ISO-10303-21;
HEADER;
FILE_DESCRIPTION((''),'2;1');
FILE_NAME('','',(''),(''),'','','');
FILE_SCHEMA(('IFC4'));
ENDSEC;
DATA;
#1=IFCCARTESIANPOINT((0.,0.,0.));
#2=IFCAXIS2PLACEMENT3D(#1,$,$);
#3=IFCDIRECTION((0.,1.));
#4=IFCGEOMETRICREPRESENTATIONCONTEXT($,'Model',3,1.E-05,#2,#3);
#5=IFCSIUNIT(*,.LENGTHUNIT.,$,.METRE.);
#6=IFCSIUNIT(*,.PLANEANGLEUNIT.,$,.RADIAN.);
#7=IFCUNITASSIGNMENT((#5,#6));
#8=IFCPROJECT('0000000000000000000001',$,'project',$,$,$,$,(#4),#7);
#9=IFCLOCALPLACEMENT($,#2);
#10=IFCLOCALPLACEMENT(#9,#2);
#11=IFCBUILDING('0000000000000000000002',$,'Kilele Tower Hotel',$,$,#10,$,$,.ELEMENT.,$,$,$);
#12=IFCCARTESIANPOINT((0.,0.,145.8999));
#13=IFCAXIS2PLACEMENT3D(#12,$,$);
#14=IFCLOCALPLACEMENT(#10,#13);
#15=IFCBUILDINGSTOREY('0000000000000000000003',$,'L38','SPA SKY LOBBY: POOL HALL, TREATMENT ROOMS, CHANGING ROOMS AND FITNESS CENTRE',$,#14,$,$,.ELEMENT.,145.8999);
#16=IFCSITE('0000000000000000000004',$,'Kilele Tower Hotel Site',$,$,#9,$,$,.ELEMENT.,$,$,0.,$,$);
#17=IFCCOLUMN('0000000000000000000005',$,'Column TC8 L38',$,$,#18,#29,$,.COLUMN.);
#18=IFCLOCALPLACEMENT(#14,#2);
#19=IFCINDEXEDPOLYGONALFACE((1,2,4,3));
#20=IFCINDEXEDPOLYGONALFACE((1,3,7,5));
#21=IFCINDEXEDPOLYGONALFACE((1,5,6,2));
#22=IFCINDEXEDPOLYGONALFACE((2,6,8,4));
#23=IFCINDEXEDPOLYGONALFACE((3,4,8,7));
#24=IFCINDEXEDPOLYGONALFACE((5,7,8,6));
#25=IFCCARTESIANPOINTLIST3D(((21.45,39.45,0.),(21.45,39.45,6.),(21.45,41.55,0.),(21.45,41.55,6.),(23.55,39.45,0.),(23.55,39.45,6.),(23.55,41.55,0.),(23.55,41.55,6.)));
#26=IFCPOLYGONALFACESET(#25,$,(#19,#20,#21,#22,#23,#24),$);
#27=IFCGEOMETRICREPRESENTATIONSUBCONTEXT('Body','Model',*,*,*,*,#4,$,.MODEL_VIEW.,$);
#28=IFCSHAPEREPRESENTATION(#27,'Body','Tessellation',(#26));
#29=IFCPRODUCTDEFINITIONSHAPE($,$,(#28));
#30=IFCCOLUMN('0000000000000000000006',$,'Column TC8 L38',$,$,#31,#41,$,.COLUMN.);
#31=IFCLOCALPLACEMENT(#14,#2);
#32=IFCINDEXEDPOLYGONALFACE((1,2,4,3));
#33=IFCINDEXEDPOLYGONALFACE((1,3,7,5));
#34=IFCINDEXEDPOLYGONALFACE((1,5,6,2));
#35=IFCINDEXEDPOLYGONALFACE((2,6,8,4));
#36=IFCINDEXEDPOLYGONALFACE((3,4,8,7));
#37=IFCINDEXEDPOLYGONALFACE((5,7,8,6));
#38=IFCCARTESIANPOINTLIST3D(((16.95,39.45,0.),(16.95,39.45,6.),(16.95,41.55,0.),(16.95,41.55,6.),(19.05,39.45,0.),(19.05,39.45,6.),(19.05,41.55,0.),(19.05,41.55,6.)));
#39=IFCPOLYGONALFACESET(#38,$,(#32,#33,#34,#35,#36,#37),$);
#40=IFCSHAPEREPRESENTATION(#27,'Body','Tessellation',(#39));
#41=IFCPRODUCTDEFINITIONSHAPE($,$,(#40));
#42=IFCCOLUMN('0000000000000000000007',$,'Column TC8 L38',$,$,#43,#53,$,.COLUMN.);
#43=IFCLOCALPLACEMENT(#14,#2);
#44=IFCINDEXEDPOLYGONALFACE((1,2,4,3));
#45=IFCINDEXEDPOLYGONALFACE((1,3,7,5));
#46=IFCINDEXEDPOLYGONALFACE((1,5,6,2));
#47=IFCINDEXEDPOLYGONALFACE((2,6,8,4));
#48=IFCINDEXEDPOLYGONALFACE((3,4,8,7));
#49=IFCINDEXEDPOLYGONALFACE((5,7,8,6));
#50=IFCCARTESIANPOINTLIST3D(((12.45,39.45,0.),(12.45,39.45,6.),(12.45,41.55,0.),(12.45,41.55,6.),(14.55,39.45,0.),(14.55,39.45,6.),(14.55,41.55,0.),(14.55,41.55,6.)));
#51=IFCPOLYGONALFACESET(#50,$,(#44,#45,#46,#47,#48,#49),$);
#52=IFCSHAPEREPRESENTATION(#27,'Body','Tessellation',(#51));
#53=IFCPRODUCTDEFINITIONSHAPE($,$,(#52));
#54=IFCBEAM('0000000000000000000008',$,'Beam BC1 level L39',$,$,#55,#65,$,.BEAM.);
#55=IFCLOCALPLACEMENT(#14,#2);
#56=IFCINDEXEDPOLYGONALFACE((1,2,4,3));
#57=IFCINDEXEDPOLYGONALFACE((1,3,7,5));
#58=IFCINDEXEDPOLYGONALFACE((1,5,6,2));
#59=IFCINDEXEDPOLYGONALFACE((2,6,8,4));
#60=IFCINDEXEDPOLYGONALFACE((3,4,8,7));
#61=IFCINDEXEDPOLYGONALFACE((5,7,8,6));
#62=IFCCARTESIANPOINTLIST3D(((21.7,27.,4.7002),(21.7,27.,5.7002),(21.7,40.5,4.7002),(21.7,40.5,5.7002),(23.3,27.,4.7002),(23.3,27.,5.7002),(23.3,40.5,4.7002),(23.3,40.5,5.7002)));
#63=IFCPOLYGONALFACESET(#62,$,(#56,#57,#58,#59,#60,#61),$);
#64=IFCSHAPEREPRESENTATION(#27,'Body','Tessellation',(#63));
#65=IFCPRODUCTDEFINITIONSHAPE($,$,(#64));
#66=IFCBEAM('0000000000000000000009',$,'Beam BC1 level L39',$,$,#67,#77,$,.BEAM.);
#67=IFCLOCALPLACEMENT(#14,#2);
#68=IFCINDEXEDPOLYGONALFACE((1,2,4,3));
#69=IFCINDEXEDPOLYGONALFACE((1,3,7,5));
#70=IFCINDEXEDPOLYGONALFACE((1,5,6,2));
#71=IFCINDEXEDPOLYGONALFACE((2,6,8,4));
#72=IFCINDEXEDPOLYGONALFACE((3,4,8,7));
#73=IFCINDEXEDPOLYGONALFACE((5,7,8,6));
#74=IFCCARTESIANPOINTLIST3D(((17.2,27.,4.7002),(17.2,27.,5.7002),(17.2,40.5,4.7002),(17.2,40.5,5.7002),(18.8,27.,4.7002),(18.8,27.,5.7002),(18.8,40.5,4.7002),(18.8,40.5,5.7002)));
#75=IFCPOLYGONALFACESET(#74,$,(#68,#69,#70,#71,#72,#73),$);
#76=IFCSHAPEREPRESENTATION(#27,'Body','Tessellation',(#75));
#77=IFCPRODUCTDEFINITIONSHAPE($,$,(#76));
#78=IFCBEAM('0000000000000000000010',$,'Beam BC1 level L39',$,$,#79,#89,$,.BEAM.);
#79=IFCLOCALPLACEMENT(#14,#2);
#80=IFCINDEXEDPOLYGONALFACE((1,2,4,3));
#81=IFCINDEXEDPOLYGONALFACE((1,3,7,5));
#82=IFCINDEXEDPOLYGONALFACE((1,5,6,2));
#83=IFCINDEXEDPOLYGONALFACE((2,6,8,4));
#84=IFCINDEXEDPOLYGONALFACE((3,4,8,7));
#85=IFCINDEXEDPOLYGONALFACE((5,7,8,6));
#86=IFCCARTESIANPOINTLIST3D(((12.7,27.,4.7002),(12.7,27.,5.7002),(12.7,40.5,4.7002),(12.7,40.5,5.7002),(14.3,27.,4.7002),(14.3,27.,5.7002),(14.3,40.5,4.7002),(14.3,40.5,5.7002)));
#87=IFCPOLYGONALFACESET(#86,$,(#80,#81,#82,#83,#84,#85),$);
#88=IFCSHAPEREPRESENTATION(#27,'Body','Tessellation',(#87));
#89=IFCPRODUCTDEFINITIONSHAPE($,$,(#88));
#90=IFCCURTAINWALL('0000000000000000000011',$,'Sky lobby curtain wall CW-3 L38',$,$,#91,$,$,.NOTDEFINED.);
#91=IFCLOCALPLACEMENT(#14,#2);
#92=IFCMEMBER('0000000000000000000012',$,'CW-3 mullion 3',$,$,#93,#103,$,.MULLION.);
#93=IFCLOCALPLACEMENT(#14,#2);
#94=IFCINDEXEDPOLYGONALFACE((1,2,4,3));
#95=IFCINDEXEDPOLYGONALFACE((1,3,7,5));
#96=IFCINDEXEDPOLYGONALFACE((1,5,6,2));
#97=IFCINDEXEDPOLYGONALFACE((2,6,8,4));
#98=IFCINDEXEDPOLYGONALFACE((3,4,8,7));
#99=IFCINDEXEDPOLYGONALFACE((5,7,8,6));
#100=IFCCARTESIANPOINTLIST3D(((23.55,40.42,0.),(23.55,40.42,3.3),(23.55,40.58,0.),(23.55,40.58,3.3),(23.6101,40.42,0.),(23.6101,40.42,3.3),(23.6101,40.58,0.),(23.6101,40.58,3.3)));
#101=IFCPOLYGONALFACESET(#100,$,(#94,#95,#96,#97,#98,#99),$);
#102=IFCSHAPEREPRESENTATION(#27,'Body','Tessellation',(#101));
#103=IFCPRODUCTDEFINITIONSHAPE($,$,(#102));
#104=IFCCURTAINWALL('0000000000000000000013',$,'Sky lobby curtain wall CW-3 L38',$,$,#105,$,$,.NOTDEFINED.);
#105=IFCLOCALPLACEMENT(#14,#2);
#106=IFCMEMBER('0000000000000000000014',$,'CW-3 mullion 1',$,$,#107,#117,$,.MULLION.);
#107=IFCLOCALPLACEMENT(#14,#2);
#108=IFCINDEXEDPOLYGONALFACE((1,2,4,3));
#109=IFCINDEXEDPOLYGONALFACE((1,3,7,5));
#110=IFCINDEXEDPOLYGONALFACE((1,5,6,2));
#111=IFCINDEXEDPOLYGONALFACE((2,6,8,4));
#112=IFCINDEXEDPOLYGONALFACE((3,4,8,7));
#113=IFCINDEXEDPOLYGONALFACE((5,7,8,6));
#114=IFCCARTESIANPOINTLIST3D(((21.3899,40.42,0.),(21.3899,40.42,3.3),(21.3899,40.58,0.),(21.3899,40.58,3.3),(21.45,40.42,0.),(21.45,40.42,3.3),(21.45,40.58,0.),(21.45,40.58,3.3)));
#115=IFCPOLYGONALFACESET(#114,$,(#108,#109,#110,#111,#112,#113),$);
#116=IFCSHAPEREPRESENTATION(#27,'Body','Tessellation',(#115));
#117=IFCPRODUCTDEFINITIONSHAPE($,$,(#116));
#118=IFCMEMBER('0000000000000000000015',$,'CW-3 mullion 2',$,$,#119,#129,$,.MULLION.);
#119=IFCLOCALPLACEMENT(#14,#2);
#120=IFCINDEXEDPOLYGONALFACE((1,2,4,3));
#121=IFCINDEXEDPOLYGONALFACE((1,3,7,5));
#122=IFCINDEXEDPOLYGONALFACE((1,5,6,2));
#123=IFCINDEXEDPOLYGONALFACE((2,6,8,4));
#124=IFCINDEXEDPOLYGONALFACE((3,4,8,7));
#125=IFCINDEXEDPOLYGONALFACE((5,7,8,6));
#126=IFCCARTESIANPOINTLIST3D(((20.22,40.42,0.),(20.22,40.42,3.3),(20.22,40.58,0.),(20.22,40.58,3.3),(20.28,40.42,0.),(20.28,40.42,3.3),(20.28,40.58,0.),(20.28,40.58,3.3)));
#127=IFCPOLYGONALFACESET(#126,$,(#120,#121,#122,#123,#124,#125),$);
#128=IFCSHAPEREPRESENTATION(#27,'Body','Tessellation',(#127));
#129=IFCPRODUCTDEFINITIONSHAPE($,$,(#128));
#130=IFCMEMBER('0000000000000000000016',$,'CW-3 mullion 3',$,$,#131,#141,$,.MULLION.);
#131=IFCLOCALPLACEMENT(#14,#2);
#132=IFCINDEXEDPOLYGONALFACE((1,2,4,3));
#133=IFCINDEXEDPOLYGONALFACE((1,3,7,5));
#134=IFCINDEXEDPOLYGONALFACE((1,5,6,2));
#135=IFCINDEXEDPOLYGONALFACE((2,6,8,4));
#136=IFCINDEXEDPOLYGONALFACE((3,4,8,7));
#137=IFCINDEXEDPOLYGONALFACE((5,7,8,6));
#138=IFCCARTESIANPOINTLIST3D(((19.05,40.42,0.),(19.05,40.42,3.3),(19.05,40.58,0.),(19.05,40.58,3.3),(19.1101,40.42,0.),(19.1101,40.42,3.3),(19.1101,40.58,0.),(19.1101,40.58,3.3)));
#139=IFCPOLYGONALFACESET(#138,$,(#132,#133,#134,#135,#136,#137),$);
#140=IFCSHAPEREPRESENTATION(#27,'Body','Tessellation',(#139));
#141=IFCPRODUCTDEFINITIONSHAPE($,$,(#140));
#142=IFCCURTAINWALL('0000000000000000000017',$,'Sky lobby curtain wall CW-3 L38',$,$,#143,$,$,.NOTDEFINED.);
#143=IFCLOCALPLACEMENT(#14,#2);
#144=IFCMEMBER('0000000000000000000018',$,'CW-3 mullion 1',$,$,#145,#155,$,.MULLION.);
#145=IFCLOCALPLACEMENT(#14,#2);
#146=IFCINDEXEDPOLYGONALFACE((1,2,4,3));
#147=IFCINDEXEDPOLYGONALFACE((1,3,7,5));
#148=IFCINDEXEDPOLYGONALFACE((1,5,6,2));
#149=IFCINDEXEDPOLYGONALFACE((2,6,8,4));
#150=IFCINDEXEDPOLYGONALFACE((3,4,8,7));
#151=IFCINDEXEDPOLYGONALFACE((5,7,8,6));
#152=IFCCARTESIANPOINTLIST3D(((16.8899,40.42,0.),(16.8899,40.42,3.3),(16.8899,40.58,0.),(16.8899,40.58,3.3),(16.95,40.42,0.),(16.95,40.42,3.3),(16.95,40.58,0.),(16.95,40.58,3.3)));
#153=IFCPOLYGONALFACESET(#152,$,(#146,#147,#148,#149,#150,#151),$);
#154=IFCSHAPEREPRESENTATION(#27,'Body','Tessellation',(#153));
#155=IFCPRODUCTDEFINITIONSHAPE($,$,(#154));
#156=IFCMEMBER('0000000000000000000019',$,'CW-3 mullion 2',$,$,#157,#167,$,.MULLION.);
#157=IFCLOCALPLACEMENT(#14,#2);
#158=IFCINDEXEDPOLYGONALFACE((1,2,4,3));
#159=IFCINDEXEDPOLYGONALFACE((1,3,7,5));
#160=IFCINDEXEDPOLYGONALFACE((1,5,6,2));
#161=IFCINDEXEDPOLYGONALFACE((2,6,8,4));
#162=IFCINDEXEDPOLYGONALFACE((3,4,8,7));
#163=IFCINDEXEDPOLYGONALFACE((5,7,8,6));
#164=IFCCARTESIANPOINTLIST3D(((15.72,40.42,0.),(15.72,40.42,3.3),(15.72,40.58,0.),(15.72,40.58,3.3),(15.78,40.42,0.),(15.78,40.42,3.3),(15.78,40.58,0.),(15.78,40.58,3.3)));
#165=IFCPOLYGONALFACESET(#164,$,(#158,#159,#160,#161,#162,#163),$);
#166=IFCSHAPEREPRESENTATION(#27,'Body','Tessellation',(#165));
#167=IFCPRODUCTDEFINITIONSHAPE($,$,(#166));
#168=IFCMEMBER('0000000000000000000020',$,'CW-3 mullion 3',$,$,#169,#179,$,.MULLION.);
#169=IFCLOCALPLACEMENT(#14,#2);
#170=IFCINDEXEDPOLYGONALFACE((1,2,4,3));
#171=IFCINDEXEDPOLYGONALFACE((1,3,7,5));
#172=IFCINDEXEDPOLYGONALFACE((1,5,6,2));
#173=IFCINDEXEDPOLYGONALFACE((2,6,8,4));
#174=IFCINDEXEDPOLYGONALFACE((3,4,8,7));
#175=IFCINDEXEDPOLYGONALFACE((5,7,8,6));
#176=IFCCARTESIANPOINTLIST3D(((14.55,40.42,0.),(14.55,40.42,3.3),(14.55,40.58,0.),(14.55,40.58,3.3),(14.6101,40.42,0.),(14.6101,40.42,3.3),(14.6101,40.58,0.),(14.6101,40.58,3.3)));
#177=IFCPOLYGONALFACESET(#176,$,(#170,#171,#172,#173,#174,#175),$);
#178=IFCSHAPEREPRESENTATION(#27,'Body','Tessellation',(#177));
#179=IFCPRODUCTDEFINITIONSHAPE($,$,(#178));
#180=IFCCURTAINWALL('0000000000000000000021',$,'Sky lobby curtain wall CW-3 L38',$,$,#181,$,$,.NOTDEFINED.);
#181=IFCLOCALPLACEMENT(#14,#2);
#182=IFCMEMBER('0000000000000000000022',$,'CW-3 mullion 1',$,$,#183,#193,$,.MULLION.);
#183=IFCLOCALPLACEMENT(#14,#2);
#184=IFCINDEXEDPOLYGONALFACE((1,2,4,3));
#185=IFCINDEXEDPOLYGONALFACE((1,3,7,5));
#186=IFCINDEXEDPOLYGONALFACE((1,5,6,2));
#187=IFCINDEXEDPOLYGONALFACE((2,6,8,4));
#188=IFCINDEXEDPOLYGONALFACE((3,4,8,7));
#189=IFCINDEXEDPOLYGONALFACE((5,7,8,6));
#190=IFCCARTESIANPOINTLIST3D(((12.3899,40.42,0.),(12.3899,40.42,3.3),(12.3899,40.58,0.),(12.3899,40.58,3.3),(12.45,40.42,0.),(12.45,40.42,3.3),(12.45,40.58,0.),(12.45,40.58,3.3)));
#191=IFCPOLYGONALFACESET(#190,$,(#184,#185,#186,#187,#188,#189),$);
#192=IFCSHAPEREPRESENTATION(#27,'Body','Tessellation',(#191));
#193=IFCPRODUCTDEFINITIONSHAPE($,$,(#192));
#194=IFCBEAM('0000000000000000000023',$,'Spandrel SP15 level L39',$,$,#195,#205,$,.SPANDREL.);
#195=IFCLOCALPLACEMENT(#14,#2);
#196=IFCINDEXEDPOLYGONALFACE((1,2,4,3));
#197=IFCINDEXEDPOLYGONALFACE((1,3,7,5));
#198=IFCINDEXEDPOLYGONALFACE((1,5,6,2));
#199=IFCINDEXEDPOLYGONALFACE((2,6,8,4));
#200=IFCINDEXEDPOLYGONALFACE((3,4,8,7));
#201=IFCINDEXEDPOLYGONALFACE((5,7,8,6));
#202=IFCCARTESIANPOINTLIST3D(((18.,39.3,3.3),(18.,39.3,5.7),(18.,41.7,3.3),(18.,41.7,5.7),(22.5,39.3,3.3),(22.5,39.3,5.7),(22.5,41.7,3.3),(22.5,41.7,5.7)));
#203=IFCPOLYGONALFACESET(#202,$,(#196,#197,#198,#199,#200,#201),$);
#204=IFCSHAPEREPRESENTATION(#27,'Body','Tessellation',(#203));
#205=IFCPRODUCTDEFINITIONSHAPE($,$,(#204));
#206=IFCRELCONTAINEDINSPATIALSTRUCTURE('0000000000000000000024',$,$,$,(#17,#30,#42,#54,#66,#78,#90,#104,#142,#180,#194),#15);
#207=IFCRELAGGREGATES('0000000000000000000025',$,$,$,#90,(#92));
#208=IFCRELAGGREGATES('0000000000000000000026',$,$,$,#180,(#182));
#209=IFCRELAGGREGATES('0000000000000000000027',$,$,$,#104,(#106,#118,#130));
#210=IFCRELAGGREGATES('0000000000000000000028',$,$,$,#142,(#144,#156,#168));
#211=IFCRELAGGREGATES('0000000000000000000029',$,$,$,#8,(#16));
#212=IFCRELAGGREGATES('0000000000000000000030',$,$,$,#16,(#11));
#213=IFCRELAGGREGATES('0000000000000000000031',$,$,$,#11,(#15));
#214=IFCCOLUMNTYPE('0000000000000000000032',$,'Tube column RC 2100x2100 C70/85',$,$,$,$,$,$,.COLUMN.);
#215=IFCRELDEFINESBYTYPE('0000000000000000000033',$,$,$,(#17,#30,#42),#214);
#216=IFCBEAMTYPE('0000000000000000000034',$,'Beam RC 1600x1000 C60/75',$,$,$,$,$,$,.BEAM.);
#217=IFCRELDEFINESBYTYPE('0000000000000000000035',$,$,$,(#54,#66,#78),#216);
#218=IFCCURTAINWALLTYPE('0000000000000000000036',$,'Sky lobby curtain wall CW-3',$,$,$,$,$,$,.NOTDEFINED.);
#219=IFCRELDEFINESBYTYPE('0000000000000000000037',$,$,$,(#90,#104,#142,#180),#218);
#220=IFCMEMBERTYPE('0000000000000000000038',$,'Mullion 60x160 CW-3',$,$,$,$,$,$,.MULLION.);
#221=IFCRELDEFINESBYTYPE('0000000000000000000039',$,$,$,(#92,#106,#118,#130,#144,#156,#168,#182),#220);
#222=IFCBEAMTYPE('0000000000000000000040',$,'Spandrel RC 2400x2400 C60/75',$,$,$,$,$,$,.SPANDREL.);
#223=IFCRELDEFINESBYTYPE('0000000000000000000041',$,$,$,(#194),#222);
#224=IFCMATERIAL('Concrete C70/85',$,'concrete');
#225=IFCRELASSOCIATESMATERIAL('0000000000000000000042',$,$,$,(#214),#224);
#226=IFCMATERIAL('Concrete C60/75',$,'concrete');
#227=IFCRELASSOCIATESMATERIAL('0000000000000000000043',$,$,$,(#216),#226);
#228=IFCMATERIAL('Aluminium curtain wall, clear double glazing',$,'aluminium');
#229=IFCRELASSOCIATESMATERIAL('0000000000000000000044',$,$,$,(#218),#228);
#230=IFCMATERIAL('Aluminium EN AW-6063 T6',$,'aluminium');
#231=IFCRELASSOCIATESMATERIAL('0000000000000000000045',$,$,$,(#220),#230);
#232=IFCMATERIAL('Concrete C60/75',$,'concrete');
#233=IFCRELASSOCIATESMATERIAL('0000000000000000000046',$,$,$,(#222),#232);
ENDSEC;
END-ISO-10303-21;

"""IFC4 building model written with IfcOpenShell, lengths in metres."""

from ifc_helpers import new_model, si_unit, direction, frame, origin, origin_2d, place, context, subcontext, project, spatial, rectangle, extrude, material, material_profile, profile_set, type_object, element, aggregate, save


model = new_model("IFC4")

# Units and contexts
model_context = context("Model", 3, precision=1e-05, world=origin(), true_north=direction((0.0, 1.0)))
body_context = subcontext(model_context, "Body", "Model", "MODEL_VIEW")
ifc_project = project(units=[si_unit("LENGTHUNIT", "METRE"), si_unit("PLANEANGLEUNIT", "RADIAN")], contexts=[model_context])

# Site, building, storey
site_placement = place(None, origin())
site = spatial("IfcSite", under=ifc_project, at=site_placement, Name="Kilele Tower Hotel Site", CompositionType="ELEMENT", RefElevation=0.0)
building_placement = place(site_placement, origin())
building = spatial("IfcBuilding", under=site, at=building_placement, Name="Kilele Tower Hotel", CompositionType="ELEMENT")
storey_placement = place(building_placement, frame((0.0, 0.0, 145.8999)))
storey = spatial("IfcBuildingStorey", under=building, at=storey_placement, Name="L38", Description="SPA SKY LOBBY: POOL HALL, TREATMENT ROOMS, CHANGING ROOMS AND FITNESS CENTRE", CompositionType="ELEMENT", Elevation=145.8999)

# Columns
ifc_material_1 = material(Name="Concrete C70/85", Category="concrete")
ifc_material_profile_1 = material_profile(ifc_material_1, rectangle(XDim=2.1001, YDim=2.1001, at=origin_2d()))
ifc_profile_set_1 = profile_set([ifc_material_profile_1], Name="Concrete C70/85")
column_type = type_object("IfcColumnType", Name="Tube column RC 2100x2100 C70/85", PredefinedType="COLUMN", material=ifc_profile_set_1)
for number, where, z_axis, x_axis, name in (
    (1, (22.5, 40.5, 0.0), (0.0, 0.0, 1.0), (1.0, 0.0, 0.0), "Column TC8 L38"),
    (2, (18.0, 40.5, 0.0), (0.0, 0.0, 1.0), (1.0, 0.0, 0.0), "Column TC8 L38"),
    (3, (13.5, 40.5, 0.0), (0.0, 0.0, 1.0), (1.0, 0.0, 0.0), "Column TC8 L38"),
):
    element("IfcColumn", number, at=place(storey_placement, frame(where, z_axis=z_axis, x_axis=x_axis)), inside=storey, type_object=column_type, Name=name, PredefinedType="COLUMN", context=body_context, shape_type="SweptSolid", body=[
        extrude(rectangle(XDim=2.1001, YDim=2.1001, at=origin_2d()), origin(), (0.0, 0.0, 1.0), 6.0),
    ])

# Beams
ifc_material_2 = material(Name="Concrete C60/75", Category="concrete")
ifc_material_profile_2 = material_profile(ifc_material_2, rectangle(XDim=1.6001, YDim=1.0, at=origin_2d()))
ifc_profile_set_2 = profile_set([ifc_material_profile_2], Name="Concrete C60/75")
beam_type_1 = type_object("IfcBeamType", Name="Beam RC 1600x1000 C60/75", PredefinedType="BEAM", material=ifc_profile_set_2)
for number, where, z_axis, x_axis, name in (
    (4, (22.5, 40.5, 5.2002), (0.0, -1.0, 0.0), (1.0, 0.0, 0.0), "Beam BC1 level L39"),
    (5, (18.0, 40.5, 5.2002), (0.0, -1.0, 0.0), (1.0, 0.0, 0.0), "Beam BC1 level L39"),
    (6, (13.5, 40.5, 5.2002), (0.0, -1.0, 0.0), (1.0, 0.0, 0.0), "Beam BC1 level L39"),
):
    element("IfcBeam", number, at=place(storey_placement, frame(where, z_axis=z_axis, x_axis=x_axis)), inside=storey, type_object=beam_type_1, Name=name, PredefinedType="BEAM", context=body_context, shape_type="SweptSolid", body=[
        extrude(rectangle(XDim=1.6001, YDim=1.0, at=origin_2d()), origin(), (0.0, 0.0, 1.0), 13.5),
    ])

# Curtain wall, member
ifc_material_3 = material(Name="Aluminium curtain wall, clear double glazing", Category="aluminium")
curtain_wall_type = type_object("IfcCurtainWallType", Name="Sky lobby curtain wall CW-3", PredefinedType="NOTDEFINED", material=ifc_material_3)
curtain_wall_1_placement = place(storey_placement, origin())
curtain_wall_1 = element("IfcCurtainWall", 7, at=curtain_wall_1_placement, inside=storey, type_object=curtain_wall_type, Name="Sky lobby curtain wall CW-3 L38", PredefinedType="NOTDEFINED")
ifc_material_4 = material(Name="Aluminium EN AW-6063 T6", Category="aluminium")
ifc_material_profile_3 = material_profile(ifc_material_4, rectangle(XDim=0.1599, YDim=0.0601, at=origin_2d()))
ifc_profile_set_3 = profile_set([ifc_material_profile_3], Name="Aluminium EN AW-6063 T6")
member_type_1 = type_object("IfcMemberType", Name="Mullion 60x160 CW-3", PredefinedType="MULLION", material=ifc_profile_set_3)
member_1_placement = place(storey_placement, frame((23.5801, 40.5, 0.0), z_axis=(0.0, 0.0, 1.0), x_axis=(0.0, -1.0, 0.0)))
member_1 = element("IfcMember", 8, at=member_1_placement, type_object=member_type_1, Name="CW-3 mullion 3", PredefinedType="MULLION", context=body_context, shape_type="SweptSolid", body=[
    extrude(rectangle(XDim=0.1599, YDim=0.0601, at=origin_2d()), origin(), (0.0, 0.0, 1.0), 3.3),
])
aggregate(curtain_wall_1, [member_1])

# Curtain walls, members
curtain_wall_2_placement = place(storey_placement, origin())
curtain_wall_2 = element("IfcCurtainWall", 9, at=curtain_wall_2_placement, inside=storey, type_object=curtain_wall_type, Name="Sky lobby curtain wall CW-3 L38", PredefinedType="NOTDEFINED")
member_2_placement = place(storey_placement, frame((21.4199, 40.5, 0.0), z_axis=(0.0, 0.0, 1.0), x_axis=(0.0, -1.0, 0.0)))
member_2 = element("IfcMember", 10, at=member_2_placement, type_object=member_type_1, Name="CW-3 mullion 1", PredefinedType="MULLION", context=body_context, shape_type="SweptSolid", body=[
    extrude(rectangle(XDim=0.1599, YDim=0.0601, at=origin_2d()), origin(), (0.0, 0.0, 1.0), 3.3),
])
member_3_placement = place(storey_placement, frame((20.25, 40.5, 0.0), z_axis=(0.0, 0.0, 1.0), x_axis=(0.0, -1.0, 0.0)))
member_3 = element("IfcMember", 11, at=member_3_placement, type_object=member_type_1, Name="CW-3 mullion 2", PredefinedType="MULLION", context=body_context, shape_type="SweptSolid", body=[
    extrude(rectangle(XDim=0.1599, YDim=0.0601, at=origin_2d()), origin(), (0.0, 0.0, 1.0), 3.3),
])
member_4_placement = place(storey_placement, frame((19.0801, 40.5, 0.0), z_axis=(0.0, 0.0, 1.0), x_axis=(0.0, -1.0, 0.0)))
member_4 = element("IfcMember", 12, at=member_4_placement, type_object=member_type_1, Name="CW-3 mullion 3", PredefinedType="MULLION", context=body_context, shape_type="SweptSolid", body=[
    extrude(rectangle(XDim=0.1599, YDim=0.0601, at=origin_2d()), origin(), (0.0, 0.0, 1.0), 3.3),
])
curtain_wall_3_placement = place(storey_placement, origin())
curtain_wall_3 = element("IfcCurtainWall", 13, at=curtain_wall_3_placement, inside=storey, type_object=curtain_wall_type, Name="Sky lobby curtain wall CW-3 L38", PredefinedType="NOTDEFINED")
member_5_placement = place(storey_placement, frame((16.9199, 40.5, 0.0), z_axis=(0.0, 0.0, 1.0), x_axis=(0.0, -1.0, 0.0)))
member_5 = element("IfcMember", 14, at=member_5_placement, type_object=member_type_1, Name="CW-3 mullion 1", PredefinedType="MULLION", context=body_context, shape_type="SweptSolid", body=[
    extrude(rectangle(XDim=0.1599, YDim=0.0601, at=origin_2d()), origin(), (0.0, 0.0, 1.0), 3.3),
])
member_6_placement = place(storey_placement, frame((15.75, 40.5, 0.0), z_axis=(0.0, 0.0, 1.0), x_axis=(0.0, -1.0, 0.0)))
member_6 = element("IfcMember", 15, at=member_6_placement, type_object=member_type_1, Name="CW-3 mullion 2", PredefinedType="MULLION", context=body_context, shape_type="SweptSolid", body=[
    extrude(rectangle(XDim=0.1599, YDim=0.0601, at=origin_2d()), origin(), (0.0, 0.0, 1.0), 3.3),
])
member_7_placement = place(storey_placement, frame((14.5801, 40.5, 0.0), z_axis=(0.0, 0.0, 1.0), x_axis=(0.0, -1.0, 0.0)))
member_7 = element("IfcMember", 16, at=member_7_placement, type_object=member_type_1, Name="CW-3 mullion 3", PredefinedType="MULLION", context=body_context, shape_type="SweptSolid", body=[
    extrude(rectangle(XDim=0.1599, YDim=0.0601, at=origin_2d()), origin(), (0.0, 0.0, 1.0), 3.3),
])

# Curtain wall, member
curtain_wall_4_placement = place(storey_placement, origin())
curtain_wall_4 = element("IfcCurtainWall", 17, at=curtain_wall_4_placement, inside=storey, type_object=curtain_wall_type, Name="Sky lobby curtain wall CW-3 L38", PredefinedType="NOTDEFINED")
member_8_placement = place(storey_placement, frame((12.4199, 40.5, 0.0), z_axis=(0.0, 0.0, 1.0), x_axis=(0.0, -1.0, 0.0)))
member_8 = element("IfcMember", 18, at=member_8_placement, type_object=member_type_1, Name="CW-3 mullion 1", PredefinedType="MULLION", context=body_context, shape_type="SweptSolid", body=[
    extrude(rectangle(XDim=0.1599, YDim=0.0601, at=origin_2d()), origin(), (0.0, 0.0, 1.0), 3.3),
])

# Beam
ifc_material_5 = material(Name="Concrete C60/75", Category="concrete")
ifc_material_profile_4 = material_profile(ifc_material_5, rectangle(XDim=2.3999, YDim=2.3999, at=origin_2d()))
ifc_profile_set_4 = profile_set([ifc_material_profile_4], Name="Concrete C60/75")
beam_type_2 = type_object("IfcBeamType", Name="Spandrel RC 2400x2400 C60/75", PredefinedType="SPANDREL", material=ifc_profile_set_4)
for number, where, z_axis, x_axis, name in (
    (19, (22.5, 40.5, 4.5), (-1.0, 0.0, 0.0), (0.0, -1.0, 0.0), "Spandrel SP15 level L39"),
):
    element("IfcBeam", number, at=place(storey_placement, frame(where, z_axis=z_axis, x_axis=x_axis)), inside=storey, type_object=beam_type_2, Name=name, PredefinedType="SPANDREL", context=body_context, shape_type="SweptSolid", body=[
        extrude(rectangle(XDim=2.3999, YDim=2.3999, at=origin_2d()), origin(), (0.0, 0.0, 1.0), 4.5),
    ])

aggregate(curtain_wall_4, [member_8])

aggregate(curtain_wall_2, [member_2, member_3, member_4])
aggregate(curtain_wall_3, [member_5, member_6, member_7])

save(model, "model.ifc")
